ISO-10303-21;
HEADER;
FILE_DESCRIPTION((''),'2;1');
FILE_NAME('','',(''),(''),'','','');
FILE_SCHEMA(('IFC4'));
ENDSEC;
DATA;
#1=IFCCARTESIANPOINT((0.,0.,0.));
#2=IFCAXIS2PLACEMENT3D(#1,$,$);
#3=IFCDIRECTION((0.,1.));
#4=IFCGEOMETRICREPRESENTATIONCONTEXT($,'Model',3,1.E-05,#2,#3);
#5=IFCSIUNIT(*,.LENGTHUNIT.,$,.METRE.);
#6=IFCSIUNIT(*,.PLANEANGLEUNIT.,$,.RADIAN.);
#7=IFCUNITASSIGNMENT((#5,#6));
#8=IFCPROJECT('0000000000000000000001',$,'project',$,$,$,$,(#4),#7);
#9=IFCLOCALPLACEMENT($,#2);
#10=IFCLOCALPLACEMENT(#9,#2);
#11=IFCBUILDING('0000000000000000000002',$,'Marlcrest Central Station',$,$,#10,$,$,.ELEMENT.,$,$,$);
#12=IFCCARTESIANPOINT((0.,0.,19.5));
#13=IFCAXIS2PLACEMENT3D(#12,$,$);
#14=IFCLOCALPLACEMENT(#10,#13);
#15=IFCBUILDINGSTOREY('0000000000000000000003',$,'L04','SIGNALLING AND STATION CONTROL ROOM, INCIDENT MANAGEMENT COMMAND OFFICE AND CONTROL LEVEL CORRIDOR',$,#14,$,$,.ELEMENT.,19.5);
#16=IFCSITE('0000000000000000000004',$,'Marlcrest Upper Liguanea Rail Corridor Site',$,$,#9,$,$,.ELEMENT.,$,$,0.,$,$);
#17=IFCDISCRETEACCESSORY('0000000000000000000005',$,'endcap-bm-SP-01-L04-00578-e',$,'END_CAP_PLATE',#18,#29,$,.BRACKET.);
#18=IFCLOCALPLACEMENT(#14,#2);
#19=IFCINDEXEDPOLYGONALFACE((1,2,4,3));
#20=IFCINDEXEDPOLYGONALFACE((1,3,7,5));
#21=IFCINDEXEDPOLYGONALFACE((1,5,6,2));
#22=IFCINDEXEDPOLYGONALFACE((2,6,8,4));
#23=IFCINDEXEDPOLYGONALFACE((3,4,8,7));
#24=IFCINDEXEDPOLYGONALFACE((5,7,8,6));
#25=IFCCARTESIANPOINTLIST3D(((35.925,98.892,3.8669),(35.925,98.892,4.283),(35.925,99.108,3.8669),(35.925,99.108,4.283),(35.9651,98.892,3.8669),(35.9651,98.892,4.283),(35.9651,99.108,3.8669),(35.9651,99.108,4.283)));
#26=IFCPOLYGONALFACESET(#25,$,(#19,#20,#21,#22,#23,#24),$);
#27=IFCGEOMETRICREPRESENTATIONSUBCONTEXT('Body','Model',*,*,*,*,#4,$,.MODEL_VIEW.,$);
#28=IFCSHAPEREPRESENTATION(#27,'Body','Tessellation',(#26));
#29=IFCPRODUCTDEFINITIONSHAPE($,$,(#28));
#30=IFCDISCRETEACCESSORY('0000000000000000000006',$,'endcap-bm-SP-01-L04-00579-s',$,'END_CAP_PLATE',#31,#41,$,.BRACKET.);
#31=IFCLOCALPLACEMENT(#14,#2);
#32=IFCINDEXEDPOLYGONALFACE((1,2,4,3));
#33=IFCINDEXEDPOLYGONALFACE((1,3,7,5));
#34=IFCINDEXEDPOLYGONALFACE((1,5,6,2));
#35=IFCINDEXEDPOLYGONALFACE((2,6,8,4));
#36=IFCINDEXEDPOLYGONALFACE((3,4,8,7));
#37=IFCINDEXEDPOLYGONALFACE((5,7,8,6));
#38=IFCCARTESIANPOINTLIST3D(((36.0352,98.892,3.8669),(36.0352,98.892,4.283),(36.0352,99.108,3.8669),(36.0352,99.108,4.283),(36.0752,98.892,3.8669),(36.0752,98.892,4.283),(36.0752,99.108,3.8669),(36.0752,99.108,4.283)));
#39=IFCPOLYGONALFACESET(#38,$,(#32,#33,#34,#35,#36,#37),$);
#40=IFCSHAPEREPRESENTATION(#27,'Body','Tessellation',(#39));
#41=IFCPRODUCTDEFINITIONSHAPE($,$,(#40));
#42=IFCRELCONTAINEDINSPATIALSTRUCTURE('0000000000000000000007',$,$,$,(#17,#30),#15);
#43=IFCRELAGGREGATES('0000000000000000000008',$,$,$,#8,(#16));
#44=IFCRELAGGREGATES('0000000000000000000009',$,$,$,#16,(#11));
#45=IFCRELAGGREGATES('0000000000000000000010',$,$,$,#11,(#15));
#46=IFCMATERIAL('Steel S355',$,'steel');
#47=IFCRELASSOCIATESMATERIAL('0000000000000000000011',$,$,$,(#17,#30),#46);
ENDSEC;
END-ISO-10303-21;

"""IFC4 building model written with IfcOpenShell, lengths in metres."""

from ifc_helpers import new_model, si_unit, direction, frame, origin, origin_2d, place, context, subcontext, project, spatial, rectangle, extrude, material, element, save


model = new_model("IFC4")

# Units and contexts
model_context = context("Model", 3, precision=1e-05, world=origin(), true_north=direction((0.0, 1.0)))
body_context = subcontext(model_context, "Body", "Model", "MODEL_VIEW")
ifc_project = project(units=[si_unit("LENGTHUNIT", "METRE"), si_unit("PLANEANGLEUNIT", "RADIAN")], contexts=[model_context])

# Site, building, storey
site_placement = place(None, origin())
site = spatial("IfcSite", under=ifc_project, at=site_placement, Name="Marlcrest Upper Liguanea Rail Corridor Site", CompositionType="ELEMENT", RefElevation=0.0)
building_placement = place(site_placement, origin())
building = spatial("IfcBuilding", under=site, at=building_placement, Name="Marlcrest Central Station", CompositionType="ELEMENT")
storey_placement = place(building_placement, frame((0.0, 0.0, 19.5)))
storey = spatial("IfcBuildingStorey", under=building, at=storey_placement, Name="L04", Description="SIGNALLING AND STATION CONTROL ROOM, INCIDENT MANAGEMENT COMMAND OFFICE AND CONTROL LEVEL CORRIDOR", CompositionType="ELEMENT", Elevation=19.5)

# Shared definitions
ifc_material_1 = material(Name="Steel S355", Category="steel")

# Discrete accessories
for number, where, z_axis, x_axis, name in (
    (1, (35.925, 99.0, 4.075), (1.0, 0.0, 0.0), (0.0, 1.0, 0.0), "endcap-bm-SP-01-L04-00578-e"),
    (2, (36.0352, 99.0, 4.075), (1.0, 0.0, 0.0), (0.0, 1.0, 0.0), "endcap-bm-SP-01-L04-00579-s"),
):
    element("IfcDiscreteAccessory", number, at=place(storey_placement, frame(where, z_axis=z_axis, x_axis=x_axis)), inside=storey, material=ifc_material_1, Name=name, ObjectType="END_CAP_PLATE", PredefinedType="BRACKET", context=body_context, shape_type="SweptSolid", body=[
        extrude(rectangle(XDim=0.2161, YDim=0.416, at=origin_2d()), origin(), (0.0, 0.0, 1.0), 0.04),
    ])

save(model, "model.ifc")
